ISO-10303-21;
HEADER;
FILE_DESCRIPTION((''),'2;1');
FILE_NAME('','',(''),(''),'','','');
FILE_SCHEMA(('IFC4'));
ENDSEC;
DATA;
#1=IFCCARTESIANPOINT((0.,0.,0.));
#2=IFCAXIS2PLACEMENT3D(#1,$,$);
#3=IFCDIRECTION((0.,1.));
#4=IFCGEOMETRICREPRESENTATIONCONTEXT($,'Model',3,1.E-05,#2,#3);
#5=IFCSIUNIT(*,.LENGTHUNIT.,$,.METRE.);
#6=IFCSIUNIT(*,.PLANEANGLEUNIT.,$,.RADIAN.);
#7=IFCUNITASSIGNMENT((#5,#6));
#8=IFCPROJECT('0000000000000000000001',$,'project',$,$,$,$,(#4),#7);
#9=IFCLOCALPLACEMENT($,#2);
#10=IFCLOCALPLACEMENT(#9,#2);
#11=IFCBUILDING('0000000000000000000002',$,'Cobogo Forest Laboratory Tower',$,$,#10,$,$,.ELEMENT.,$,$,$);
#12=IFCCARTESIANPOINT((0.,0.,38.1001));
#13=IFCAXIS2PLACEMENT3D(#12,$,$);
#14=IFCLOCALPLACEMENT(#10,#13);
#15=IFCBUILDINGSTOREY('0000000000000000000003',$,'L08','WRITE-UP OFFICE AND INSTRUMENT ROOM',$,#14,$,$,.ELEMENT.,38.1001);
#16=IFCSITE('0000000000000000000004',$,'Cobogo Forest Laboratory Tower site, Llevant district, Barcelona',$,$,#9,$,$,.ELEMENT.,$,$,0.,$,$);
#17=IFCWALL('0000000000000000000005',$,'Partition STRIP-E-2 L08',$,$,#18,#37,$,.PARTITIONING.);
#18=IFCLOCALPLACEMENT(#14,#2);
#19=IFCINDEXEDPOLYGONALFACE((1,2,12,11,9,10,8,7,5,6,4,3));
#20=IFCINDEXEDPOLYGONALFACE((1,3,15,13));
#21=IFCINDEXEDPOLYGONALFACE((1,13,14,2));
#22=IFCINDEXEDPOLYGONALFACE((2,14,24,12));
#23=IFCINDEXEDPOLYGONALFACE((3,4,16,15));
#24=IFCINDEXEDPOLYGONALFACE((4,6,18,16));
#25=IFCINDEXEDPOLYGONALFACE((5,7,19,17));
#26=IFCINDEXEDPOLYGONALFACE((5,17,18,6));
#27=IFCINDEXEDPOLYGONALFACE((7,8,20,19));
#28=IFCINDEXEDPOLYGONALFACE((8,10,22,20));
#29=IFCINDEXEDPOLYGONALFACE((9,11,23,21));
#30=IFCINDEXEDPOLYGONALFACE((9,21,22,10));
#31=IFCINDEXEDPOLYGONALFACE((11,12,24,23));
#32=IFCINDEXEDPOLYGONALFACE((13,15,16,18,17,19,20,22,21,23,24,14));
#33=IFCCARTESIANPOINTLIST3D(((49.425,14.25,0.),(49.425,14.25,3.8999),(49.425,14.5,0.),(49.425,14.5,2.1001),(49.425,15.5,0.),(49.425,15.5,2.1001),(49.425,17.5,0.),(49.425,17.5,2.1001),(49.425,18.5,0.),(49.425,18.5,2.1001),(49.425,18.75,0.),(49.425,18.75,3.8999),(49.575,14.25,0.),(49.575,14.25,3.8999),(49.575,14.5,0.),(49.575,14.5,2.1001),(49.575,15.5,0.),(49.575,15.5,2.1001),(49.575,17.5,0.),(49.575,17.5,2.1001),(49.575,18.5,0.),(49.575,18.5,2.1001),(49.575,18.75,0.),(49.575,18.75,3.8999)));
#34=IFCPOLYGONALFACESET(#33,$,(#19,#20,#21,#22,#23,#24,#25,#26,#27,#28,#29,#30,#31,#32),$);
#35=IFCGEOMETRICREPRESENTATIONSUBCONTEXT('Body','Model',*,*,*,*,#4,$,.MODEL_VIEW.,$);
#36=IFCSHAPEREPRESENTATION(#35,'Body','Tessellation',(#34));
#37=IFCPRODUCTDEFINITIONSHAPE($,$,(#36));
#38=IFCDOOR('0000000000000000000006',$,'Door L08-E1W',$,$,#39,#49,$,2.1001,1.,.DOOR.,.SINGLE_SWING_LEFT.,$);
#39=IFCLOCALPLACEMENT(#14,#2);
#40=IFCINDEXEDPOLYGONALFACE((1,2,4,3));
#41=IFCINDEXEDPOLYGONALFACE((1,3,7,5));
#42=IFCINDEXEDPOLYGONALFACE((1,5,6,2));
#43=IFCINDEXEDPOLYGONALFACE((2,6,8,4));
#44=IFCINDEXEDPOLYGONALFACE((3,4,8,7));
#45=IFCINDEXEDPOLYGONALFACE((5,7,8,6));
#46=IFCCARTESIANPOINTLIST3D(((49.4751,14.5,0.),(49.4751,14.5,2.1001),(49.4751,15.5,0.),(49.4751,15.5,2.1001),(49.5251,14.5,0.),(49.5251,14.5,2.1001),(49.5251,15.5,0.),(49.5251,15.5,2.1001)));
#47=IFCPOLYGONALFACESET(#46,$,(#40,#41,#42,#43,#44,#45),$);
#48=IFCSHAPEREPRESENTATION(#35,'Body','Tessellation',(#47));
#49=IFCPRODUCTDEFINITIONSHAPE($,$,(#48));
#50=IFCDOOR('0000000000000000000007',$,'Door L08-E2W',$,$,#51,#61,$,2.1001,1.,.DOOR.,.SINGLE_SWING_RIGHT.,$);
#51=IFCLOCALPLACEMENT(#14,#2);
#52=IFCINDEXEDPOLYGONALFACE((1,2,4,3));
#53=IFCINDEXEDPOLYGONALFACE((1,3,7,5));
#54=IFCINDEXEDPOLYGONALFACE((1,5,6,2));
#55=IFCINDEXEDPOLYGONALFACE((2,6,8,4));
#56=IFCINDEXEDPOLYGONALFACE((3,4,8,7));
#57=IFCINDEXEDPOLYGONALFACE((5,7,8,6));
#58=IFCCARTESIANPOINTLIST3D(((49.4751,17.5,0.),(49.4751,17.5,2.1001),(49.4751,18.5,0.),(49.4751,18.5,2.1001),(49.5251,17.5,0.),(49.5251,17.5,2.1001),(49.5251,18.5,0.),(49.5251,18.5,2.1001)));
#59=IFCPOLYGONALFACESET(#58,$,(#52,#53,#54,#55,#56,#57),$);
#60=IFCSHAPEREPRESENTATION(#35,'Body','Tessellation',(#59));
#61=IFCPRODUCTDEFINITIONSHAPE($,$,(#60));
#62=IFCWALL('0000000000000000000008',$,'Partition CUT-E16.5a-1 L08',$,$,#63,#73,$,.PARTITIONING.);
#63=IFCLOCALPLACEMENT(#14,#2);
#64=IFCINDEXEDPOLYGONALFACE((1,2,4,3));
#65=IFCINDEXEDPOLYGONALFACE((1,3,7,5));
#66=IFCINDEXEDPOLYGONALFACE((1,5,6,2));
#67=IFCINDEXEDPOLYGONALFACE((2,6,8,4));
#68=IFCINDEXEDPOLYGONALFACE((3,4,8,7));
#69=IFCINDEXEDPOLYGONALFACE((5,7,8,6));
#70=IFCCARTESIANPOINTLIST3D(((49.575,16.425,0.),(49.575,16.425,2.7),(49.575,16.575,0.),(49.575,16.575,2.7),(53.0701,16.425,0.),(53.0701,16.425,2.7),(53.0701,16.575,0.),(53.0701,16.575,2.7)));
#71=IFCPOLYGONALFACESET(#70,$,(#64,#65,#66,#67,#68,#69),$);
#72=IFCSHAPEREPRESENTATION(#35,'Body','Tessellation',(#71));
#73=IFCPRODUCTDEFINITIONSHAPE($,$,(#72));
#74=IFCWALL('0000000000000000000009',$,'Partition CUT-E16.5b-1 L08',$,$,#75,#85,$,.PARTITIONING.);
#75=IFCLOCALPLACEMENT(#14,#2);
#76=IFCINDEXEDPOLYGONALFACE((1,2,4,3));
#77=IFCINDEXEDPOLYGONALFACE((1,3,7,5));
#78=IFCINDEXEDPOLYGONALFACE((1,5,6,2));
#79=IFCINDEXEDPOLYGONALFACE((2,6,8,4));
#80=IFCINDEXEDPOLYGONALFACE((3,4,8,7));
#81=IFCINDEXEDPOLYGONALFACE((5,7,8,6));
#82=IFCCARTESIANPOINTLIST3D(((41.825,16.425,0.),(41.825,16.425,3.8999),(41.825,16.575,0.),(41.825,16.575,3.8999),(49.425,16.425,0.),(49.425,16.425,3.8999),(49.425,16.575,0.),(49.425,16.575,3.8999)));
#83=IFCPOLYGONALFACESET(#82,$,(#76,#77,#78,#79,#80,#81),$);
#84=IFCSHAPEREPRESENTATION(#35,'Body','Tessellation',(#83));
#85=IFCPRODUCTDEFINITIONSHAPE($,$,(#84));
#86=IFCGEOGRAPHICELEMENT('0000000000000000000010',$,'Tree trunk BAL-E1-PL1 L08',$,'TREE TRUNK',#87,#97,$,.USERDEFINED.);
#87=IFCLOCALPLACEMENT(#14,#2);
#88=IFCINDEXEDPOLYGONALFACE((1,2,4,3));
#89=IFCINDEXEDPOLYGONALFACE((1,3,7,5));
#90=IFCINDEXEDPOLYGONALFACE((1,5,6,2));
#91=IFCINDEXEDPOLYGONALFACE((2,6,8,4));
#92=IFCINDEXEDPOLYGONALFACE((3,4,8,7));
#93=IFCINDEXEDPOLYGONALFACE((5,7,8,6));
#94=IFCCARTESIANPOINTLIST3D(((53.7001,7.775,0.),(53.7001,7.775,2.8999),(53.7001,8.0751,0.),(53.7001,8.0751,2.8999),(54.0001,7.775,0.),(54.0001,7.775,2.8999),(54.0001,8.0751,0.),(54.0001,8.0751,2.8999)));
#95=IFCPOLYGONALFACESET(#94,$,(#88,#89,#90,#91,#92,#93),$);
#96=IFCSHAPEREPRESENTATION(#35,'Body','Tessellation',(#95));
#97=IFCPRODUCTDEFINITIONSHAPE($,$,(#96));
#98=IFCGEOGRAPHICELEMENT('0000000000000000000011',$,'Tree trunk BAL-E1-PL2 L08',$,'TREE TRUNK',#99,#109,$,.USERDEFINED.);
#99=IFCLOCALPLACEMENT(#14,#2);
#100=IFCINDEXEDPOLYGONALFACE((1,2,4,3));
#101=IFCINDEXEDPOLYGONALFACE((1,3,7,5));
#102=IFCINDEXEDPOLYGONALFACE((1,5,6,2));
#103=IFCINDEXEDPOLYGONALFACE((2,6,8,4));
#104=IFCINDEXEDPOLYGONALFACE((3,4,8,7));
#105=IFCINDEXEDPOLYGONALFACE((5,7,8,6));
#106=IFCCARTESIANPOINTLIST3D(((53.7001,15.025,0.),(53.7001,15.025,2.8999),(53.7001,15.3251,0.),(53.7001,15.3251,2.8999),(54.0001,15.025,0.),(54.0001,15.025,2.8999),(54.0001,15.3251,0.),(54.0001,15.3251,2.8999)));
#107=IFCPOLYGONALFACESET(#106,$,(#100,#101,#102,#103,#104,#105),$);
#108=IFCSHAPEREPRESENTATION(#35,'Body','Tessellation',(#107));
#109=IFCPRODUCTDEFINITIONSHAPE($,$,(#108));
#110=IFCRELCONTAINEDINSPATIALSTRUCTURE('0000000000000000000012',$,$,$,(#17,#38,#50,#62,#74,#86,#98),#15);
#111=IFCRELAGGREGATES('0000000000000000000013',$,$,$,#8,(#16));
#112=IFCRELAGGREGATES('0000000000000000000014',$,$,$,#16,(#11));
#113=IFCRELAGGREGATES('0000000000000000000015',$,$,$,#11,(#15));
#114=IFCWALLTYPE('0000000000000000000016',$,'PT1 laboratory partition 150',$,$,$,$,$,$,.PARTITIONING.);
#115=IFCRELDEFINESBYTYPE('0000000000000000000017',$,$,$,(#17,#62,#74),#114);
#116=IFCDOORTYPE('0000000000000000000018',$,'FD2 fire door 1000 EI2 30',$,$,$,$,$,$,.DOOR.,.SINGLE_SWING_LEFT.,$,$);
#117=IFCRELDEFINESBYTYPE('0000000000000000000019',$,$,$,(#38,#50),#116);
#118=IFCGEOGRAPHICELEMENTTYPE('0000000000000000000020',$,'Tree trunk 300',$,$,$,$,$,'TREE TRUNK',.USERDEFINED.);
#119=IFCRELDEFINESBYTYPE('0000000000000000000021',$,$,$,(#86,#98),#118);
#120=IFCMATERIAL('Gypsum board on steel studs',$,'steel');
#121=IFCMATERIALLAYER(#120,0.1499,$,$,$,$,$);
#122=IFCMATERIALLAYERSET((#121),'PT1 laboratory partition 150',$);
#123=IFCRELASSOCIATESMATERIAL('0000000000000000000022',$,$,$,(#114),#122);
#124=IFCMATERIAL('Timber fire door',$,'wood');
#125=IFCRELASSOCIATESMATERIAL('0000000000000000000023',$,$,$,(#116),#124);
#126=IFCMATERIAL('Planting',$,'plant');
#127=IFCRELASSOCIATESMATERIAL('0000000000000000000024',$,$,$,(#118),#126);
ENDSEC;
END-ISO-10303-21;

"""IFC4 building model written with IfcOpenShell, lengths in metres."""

from ifc_helpers import new_model, si_unit, direction, frame, frame_2d, origin, origin_2d, place, context, subcontext, project, spatial, rectangle, extrude, material, layer, layer_set, type_object, element, fill, save


model = new_model("IFC4")

# Units and contexts
model_context = context("Model", 3, precision=1e-05, world=origin(), true_north=direction((0.0, 1.0)))
body_context = subcontext(model_context, "Body", "Model", "MODEL_VIEW")
ifc_project = project(units=[si_unit("LENGTHUNIT", "METRE"), si_unit("PLANEANGLEUNIT", "RADIAN")], contexts=[model_context])

# Site, building, storey
site_placement = place(None, origin())
site = spatial("IfcSite", under=ifc_project, at=site_placement, Name="Cobogo Forest Laboratory Tower site, Llevant district, Barcelona", CompositionType="ELEMENT", RefElevation=0.0)
building_placement = place(site_placement, origin())
building = spatial("IfcBuilding", under=site, at=building_placement, Name="Cobogo Forest Laboratory Tower", CompositionType="ELEMENT")
storey_placement = place(building_placement, frame((0.0, 0.0, 38.1001)))
storey = spatial("IfcBuildingStorey", under=building, at=storey_placement, Name="L08", Description="WRITE-UP OFFICE AND INSTRUMENT ROOM", CompositionType="ELEMENT", Elevation=38.1001)

# Shared definitions
ifc_material_1 = material(Name="Gypsum board on steel studs", Category="steel")
ifc_layer_1 = layer(ifc_material_1, 0.1499)
ifc_layer_set_1 = layer_set([ifc_layer_1], Name="PT1 laboratory partition 150")
wall_type_1 = type_object("IfcWallType", Name="PT1 laboratory partition 150", PredefinedType="PARTITIONING", material=ifc_layer_set_1)

# Wall, openings, doors
wall_1_placement = place(storey_placement, frame((49.5, 14.25, 0.0), z_axis=(0.0, 0.0, 1.0), x_axis=(0.0, 1.0, 0.0)))
wall_1 = element("IfcWall", 1, at=wall_1_placement, inside=storey, type_object=wall_type_1, Name="Partition STRIP-E-2 L08", PredefinedType="PARTITIONING", context=body_context, shape_type="SweptSolid", body=[
    extrude(rectangle(XDim=4.5, YDim=0.1499, at=frame_2d((2.25, 0.0))), origin(), (0.0, 0.0, 1.0), 3.8999),
])
opening_1_placement = place(wall_1_placement, frame((0.25, 0.0, 0.0)))
opening_1 = element("IfcOpeningElement", 2, at=opening_1_placement, cuts=wall_1, PredefinedType="OPENING", context=body_context, shape_type="SweptSolid", body=[
    extrude(rectangle(XDim=1.0, YDim=2.1001, at=frame_2d((0.5, 1.05))), frame((0.0, 0.085, 0.0), z_axis=(0.0, -1.0, 0.0), x_axis=(1.0, 0.0, 0.0)), (0.0, 0.0, 1.0), 0.1699),
])
opening_2_placement = place(wall_1_placement, frame((3.25, 0.0, 0.0)))
opening_2 = element("IfcOpeningElement", 3, at=opening_2_placement, cuts=wall_1, PredefinedType="OPENING", context=body_context, shape_type="SweptSolid", body=[
    extrude(rectangle(XDim=1.0, YDim=2.1001, at=frame_2d((0.5, 1.05))), frame((0.0, 0.085, 0.0), z_axis=(0.0, -1.0, 0.0), x_axis=(1.0, 0.0, 0.0)), (0.0, 0.0, 1.0), 0.1699),
])
ifc_material_2 = material(Name="Timber fire door", Category="wood")
door_type_1 = type_object("IfcDoorType", Name="FD2 fire door 1000 EI2 30", OperationType="SINGLE_SWING_LEFT", PredefinedType="DOOR", material=ifc_material_2)
door_1_placement = place(opening_1_placement, origin())
door_1 = element("IfcDoor", 4, at=door_1_placement, inside=storey, type_object=door_type_1, Name="Door L08-E1W", OperationType="SINGLE_SWING_LEFT", OverallHeight=2.1001, OverallWidth=1.0, PredefinedType="DOOR", context=body_context, shape_type="SweptSolid", body=[
    extrude(rectangle(XDim=1.0, YDim=2.1001, at=frame_2d((0.5, 1.05))), frame((0.0, 0.0249, 0.0), z_axis=(0.0, -1.0, 0.0), x_axis=(1.0, 0.0, 0.0)), (0.0, 0.0, 1.0), 0.05),
])
fill(opening_1, door_1)
door_2_placement = place(opening_2_placement, origin())
door_2 = element("IfcDoor", 5, at=door_2_placement, inside=storey, type_object=door_type_1, Name="Door L08-E2W", OperationType="SINGLE_SWING_RIGHT", OverallHeight=2.1001, OverallWidth=1.0, PredefinedType="DOOR", context=body_context, shape_type="SweptSolid", body=[
    extrude(rectangle(XDim=1.0, YDim=2.1001, at=frame_2d((0.5, 1.05))), frame((0.0, 0.0249, 0.0), z_axis=(0.0, -1.0, 0.0), x_axis=(1.0, 0.0, 0.0)), (0.0, 0.0, 1.0), 0.05),
])
fill(opening_2, door_2)

# Walls
wall_2_placement = place(storey_placement, frame((53.0701, 16.5, 0.0), z_axis=(0.0, 0.0, 1.0), x_axis=(-1.0, 0.0, 0.0)))
element("IfcWall", 6, at=wall_2_placement, inside=storey, type_object=wall_type_1, Name="Partition CUT-E16.5a-1 L08", PredefinedType="PARTITIONING", context=body_context, shape_type="SweptSolid", body=[
    extrude(rectangle(XDim=3.4951, YDim=0.1499, at=frame_2d((1.7476, 0.0))), origin(), (0.0, 0.0, 1.0), 2.7),
])
wall_3_placement = place(storey_placement, frame((49.425, 16.5, 0.0), z_axis=(0.0, 0.0, 1.0), x_axis=(-1.0, 0.0, 0.0)))
element("IfcWall", 7, at=wall_3_placement, inside=storey, type_object=wall_type_1, Name="Partition CUT-E16.5b-1 L08", PredefinedType="PARTITIONING", context=body_context, shape_type="SweptSolid", body=[
    extrude(rectangle(XDim=7.6001, YDim=0.1499, at=frame_2d((3.8, 0.0))), origin(), (0.0, 0.0, 1.0), 3.8999),
])

# Geographic elements
ifc_material_3 = material(Name="Planting", Category="plant")
geographic_element_type = type_object("IfcGeographicElementType", Name="Tree trunk 300", ElementType="TREE TRUNK", PredefinedType="USERDEFINED", material=ifc_material_3)
for number, where, z_axis, x_axis, name in (
    (8, (53.8501, 7.925, 0.0), (0.0, 0.0, 1.0), (1.0, 0.0, 0.0), "Tree trunk BAL-E1-PL1 L08"),
    (9, (53.8501, 15.175, 0.0), (0.0, 0.0, 1.0), (1.0, 0.0, 0.0), "Tree trunk BAL-E1-PL2 L08"),
):
    element("IfcGeographicElement", number, at=place(storey_placement, frame(where, z_axis=z_axis, x_axis=x_axis)), inside=storey, type_object=geographic_element_type, Name=name, ObjectType="TREE TRUNK", PredefinedType="USERDEFINED", context=body_context, shape_type="SweptSolid", body=[
        extrude(rectangle(XDim=0.3, YDim=0.3, at=origin_2d()), origin(), (0.0, 0.0, 1.0), 2.8999),
    ])

save(model, "model.ifc")
